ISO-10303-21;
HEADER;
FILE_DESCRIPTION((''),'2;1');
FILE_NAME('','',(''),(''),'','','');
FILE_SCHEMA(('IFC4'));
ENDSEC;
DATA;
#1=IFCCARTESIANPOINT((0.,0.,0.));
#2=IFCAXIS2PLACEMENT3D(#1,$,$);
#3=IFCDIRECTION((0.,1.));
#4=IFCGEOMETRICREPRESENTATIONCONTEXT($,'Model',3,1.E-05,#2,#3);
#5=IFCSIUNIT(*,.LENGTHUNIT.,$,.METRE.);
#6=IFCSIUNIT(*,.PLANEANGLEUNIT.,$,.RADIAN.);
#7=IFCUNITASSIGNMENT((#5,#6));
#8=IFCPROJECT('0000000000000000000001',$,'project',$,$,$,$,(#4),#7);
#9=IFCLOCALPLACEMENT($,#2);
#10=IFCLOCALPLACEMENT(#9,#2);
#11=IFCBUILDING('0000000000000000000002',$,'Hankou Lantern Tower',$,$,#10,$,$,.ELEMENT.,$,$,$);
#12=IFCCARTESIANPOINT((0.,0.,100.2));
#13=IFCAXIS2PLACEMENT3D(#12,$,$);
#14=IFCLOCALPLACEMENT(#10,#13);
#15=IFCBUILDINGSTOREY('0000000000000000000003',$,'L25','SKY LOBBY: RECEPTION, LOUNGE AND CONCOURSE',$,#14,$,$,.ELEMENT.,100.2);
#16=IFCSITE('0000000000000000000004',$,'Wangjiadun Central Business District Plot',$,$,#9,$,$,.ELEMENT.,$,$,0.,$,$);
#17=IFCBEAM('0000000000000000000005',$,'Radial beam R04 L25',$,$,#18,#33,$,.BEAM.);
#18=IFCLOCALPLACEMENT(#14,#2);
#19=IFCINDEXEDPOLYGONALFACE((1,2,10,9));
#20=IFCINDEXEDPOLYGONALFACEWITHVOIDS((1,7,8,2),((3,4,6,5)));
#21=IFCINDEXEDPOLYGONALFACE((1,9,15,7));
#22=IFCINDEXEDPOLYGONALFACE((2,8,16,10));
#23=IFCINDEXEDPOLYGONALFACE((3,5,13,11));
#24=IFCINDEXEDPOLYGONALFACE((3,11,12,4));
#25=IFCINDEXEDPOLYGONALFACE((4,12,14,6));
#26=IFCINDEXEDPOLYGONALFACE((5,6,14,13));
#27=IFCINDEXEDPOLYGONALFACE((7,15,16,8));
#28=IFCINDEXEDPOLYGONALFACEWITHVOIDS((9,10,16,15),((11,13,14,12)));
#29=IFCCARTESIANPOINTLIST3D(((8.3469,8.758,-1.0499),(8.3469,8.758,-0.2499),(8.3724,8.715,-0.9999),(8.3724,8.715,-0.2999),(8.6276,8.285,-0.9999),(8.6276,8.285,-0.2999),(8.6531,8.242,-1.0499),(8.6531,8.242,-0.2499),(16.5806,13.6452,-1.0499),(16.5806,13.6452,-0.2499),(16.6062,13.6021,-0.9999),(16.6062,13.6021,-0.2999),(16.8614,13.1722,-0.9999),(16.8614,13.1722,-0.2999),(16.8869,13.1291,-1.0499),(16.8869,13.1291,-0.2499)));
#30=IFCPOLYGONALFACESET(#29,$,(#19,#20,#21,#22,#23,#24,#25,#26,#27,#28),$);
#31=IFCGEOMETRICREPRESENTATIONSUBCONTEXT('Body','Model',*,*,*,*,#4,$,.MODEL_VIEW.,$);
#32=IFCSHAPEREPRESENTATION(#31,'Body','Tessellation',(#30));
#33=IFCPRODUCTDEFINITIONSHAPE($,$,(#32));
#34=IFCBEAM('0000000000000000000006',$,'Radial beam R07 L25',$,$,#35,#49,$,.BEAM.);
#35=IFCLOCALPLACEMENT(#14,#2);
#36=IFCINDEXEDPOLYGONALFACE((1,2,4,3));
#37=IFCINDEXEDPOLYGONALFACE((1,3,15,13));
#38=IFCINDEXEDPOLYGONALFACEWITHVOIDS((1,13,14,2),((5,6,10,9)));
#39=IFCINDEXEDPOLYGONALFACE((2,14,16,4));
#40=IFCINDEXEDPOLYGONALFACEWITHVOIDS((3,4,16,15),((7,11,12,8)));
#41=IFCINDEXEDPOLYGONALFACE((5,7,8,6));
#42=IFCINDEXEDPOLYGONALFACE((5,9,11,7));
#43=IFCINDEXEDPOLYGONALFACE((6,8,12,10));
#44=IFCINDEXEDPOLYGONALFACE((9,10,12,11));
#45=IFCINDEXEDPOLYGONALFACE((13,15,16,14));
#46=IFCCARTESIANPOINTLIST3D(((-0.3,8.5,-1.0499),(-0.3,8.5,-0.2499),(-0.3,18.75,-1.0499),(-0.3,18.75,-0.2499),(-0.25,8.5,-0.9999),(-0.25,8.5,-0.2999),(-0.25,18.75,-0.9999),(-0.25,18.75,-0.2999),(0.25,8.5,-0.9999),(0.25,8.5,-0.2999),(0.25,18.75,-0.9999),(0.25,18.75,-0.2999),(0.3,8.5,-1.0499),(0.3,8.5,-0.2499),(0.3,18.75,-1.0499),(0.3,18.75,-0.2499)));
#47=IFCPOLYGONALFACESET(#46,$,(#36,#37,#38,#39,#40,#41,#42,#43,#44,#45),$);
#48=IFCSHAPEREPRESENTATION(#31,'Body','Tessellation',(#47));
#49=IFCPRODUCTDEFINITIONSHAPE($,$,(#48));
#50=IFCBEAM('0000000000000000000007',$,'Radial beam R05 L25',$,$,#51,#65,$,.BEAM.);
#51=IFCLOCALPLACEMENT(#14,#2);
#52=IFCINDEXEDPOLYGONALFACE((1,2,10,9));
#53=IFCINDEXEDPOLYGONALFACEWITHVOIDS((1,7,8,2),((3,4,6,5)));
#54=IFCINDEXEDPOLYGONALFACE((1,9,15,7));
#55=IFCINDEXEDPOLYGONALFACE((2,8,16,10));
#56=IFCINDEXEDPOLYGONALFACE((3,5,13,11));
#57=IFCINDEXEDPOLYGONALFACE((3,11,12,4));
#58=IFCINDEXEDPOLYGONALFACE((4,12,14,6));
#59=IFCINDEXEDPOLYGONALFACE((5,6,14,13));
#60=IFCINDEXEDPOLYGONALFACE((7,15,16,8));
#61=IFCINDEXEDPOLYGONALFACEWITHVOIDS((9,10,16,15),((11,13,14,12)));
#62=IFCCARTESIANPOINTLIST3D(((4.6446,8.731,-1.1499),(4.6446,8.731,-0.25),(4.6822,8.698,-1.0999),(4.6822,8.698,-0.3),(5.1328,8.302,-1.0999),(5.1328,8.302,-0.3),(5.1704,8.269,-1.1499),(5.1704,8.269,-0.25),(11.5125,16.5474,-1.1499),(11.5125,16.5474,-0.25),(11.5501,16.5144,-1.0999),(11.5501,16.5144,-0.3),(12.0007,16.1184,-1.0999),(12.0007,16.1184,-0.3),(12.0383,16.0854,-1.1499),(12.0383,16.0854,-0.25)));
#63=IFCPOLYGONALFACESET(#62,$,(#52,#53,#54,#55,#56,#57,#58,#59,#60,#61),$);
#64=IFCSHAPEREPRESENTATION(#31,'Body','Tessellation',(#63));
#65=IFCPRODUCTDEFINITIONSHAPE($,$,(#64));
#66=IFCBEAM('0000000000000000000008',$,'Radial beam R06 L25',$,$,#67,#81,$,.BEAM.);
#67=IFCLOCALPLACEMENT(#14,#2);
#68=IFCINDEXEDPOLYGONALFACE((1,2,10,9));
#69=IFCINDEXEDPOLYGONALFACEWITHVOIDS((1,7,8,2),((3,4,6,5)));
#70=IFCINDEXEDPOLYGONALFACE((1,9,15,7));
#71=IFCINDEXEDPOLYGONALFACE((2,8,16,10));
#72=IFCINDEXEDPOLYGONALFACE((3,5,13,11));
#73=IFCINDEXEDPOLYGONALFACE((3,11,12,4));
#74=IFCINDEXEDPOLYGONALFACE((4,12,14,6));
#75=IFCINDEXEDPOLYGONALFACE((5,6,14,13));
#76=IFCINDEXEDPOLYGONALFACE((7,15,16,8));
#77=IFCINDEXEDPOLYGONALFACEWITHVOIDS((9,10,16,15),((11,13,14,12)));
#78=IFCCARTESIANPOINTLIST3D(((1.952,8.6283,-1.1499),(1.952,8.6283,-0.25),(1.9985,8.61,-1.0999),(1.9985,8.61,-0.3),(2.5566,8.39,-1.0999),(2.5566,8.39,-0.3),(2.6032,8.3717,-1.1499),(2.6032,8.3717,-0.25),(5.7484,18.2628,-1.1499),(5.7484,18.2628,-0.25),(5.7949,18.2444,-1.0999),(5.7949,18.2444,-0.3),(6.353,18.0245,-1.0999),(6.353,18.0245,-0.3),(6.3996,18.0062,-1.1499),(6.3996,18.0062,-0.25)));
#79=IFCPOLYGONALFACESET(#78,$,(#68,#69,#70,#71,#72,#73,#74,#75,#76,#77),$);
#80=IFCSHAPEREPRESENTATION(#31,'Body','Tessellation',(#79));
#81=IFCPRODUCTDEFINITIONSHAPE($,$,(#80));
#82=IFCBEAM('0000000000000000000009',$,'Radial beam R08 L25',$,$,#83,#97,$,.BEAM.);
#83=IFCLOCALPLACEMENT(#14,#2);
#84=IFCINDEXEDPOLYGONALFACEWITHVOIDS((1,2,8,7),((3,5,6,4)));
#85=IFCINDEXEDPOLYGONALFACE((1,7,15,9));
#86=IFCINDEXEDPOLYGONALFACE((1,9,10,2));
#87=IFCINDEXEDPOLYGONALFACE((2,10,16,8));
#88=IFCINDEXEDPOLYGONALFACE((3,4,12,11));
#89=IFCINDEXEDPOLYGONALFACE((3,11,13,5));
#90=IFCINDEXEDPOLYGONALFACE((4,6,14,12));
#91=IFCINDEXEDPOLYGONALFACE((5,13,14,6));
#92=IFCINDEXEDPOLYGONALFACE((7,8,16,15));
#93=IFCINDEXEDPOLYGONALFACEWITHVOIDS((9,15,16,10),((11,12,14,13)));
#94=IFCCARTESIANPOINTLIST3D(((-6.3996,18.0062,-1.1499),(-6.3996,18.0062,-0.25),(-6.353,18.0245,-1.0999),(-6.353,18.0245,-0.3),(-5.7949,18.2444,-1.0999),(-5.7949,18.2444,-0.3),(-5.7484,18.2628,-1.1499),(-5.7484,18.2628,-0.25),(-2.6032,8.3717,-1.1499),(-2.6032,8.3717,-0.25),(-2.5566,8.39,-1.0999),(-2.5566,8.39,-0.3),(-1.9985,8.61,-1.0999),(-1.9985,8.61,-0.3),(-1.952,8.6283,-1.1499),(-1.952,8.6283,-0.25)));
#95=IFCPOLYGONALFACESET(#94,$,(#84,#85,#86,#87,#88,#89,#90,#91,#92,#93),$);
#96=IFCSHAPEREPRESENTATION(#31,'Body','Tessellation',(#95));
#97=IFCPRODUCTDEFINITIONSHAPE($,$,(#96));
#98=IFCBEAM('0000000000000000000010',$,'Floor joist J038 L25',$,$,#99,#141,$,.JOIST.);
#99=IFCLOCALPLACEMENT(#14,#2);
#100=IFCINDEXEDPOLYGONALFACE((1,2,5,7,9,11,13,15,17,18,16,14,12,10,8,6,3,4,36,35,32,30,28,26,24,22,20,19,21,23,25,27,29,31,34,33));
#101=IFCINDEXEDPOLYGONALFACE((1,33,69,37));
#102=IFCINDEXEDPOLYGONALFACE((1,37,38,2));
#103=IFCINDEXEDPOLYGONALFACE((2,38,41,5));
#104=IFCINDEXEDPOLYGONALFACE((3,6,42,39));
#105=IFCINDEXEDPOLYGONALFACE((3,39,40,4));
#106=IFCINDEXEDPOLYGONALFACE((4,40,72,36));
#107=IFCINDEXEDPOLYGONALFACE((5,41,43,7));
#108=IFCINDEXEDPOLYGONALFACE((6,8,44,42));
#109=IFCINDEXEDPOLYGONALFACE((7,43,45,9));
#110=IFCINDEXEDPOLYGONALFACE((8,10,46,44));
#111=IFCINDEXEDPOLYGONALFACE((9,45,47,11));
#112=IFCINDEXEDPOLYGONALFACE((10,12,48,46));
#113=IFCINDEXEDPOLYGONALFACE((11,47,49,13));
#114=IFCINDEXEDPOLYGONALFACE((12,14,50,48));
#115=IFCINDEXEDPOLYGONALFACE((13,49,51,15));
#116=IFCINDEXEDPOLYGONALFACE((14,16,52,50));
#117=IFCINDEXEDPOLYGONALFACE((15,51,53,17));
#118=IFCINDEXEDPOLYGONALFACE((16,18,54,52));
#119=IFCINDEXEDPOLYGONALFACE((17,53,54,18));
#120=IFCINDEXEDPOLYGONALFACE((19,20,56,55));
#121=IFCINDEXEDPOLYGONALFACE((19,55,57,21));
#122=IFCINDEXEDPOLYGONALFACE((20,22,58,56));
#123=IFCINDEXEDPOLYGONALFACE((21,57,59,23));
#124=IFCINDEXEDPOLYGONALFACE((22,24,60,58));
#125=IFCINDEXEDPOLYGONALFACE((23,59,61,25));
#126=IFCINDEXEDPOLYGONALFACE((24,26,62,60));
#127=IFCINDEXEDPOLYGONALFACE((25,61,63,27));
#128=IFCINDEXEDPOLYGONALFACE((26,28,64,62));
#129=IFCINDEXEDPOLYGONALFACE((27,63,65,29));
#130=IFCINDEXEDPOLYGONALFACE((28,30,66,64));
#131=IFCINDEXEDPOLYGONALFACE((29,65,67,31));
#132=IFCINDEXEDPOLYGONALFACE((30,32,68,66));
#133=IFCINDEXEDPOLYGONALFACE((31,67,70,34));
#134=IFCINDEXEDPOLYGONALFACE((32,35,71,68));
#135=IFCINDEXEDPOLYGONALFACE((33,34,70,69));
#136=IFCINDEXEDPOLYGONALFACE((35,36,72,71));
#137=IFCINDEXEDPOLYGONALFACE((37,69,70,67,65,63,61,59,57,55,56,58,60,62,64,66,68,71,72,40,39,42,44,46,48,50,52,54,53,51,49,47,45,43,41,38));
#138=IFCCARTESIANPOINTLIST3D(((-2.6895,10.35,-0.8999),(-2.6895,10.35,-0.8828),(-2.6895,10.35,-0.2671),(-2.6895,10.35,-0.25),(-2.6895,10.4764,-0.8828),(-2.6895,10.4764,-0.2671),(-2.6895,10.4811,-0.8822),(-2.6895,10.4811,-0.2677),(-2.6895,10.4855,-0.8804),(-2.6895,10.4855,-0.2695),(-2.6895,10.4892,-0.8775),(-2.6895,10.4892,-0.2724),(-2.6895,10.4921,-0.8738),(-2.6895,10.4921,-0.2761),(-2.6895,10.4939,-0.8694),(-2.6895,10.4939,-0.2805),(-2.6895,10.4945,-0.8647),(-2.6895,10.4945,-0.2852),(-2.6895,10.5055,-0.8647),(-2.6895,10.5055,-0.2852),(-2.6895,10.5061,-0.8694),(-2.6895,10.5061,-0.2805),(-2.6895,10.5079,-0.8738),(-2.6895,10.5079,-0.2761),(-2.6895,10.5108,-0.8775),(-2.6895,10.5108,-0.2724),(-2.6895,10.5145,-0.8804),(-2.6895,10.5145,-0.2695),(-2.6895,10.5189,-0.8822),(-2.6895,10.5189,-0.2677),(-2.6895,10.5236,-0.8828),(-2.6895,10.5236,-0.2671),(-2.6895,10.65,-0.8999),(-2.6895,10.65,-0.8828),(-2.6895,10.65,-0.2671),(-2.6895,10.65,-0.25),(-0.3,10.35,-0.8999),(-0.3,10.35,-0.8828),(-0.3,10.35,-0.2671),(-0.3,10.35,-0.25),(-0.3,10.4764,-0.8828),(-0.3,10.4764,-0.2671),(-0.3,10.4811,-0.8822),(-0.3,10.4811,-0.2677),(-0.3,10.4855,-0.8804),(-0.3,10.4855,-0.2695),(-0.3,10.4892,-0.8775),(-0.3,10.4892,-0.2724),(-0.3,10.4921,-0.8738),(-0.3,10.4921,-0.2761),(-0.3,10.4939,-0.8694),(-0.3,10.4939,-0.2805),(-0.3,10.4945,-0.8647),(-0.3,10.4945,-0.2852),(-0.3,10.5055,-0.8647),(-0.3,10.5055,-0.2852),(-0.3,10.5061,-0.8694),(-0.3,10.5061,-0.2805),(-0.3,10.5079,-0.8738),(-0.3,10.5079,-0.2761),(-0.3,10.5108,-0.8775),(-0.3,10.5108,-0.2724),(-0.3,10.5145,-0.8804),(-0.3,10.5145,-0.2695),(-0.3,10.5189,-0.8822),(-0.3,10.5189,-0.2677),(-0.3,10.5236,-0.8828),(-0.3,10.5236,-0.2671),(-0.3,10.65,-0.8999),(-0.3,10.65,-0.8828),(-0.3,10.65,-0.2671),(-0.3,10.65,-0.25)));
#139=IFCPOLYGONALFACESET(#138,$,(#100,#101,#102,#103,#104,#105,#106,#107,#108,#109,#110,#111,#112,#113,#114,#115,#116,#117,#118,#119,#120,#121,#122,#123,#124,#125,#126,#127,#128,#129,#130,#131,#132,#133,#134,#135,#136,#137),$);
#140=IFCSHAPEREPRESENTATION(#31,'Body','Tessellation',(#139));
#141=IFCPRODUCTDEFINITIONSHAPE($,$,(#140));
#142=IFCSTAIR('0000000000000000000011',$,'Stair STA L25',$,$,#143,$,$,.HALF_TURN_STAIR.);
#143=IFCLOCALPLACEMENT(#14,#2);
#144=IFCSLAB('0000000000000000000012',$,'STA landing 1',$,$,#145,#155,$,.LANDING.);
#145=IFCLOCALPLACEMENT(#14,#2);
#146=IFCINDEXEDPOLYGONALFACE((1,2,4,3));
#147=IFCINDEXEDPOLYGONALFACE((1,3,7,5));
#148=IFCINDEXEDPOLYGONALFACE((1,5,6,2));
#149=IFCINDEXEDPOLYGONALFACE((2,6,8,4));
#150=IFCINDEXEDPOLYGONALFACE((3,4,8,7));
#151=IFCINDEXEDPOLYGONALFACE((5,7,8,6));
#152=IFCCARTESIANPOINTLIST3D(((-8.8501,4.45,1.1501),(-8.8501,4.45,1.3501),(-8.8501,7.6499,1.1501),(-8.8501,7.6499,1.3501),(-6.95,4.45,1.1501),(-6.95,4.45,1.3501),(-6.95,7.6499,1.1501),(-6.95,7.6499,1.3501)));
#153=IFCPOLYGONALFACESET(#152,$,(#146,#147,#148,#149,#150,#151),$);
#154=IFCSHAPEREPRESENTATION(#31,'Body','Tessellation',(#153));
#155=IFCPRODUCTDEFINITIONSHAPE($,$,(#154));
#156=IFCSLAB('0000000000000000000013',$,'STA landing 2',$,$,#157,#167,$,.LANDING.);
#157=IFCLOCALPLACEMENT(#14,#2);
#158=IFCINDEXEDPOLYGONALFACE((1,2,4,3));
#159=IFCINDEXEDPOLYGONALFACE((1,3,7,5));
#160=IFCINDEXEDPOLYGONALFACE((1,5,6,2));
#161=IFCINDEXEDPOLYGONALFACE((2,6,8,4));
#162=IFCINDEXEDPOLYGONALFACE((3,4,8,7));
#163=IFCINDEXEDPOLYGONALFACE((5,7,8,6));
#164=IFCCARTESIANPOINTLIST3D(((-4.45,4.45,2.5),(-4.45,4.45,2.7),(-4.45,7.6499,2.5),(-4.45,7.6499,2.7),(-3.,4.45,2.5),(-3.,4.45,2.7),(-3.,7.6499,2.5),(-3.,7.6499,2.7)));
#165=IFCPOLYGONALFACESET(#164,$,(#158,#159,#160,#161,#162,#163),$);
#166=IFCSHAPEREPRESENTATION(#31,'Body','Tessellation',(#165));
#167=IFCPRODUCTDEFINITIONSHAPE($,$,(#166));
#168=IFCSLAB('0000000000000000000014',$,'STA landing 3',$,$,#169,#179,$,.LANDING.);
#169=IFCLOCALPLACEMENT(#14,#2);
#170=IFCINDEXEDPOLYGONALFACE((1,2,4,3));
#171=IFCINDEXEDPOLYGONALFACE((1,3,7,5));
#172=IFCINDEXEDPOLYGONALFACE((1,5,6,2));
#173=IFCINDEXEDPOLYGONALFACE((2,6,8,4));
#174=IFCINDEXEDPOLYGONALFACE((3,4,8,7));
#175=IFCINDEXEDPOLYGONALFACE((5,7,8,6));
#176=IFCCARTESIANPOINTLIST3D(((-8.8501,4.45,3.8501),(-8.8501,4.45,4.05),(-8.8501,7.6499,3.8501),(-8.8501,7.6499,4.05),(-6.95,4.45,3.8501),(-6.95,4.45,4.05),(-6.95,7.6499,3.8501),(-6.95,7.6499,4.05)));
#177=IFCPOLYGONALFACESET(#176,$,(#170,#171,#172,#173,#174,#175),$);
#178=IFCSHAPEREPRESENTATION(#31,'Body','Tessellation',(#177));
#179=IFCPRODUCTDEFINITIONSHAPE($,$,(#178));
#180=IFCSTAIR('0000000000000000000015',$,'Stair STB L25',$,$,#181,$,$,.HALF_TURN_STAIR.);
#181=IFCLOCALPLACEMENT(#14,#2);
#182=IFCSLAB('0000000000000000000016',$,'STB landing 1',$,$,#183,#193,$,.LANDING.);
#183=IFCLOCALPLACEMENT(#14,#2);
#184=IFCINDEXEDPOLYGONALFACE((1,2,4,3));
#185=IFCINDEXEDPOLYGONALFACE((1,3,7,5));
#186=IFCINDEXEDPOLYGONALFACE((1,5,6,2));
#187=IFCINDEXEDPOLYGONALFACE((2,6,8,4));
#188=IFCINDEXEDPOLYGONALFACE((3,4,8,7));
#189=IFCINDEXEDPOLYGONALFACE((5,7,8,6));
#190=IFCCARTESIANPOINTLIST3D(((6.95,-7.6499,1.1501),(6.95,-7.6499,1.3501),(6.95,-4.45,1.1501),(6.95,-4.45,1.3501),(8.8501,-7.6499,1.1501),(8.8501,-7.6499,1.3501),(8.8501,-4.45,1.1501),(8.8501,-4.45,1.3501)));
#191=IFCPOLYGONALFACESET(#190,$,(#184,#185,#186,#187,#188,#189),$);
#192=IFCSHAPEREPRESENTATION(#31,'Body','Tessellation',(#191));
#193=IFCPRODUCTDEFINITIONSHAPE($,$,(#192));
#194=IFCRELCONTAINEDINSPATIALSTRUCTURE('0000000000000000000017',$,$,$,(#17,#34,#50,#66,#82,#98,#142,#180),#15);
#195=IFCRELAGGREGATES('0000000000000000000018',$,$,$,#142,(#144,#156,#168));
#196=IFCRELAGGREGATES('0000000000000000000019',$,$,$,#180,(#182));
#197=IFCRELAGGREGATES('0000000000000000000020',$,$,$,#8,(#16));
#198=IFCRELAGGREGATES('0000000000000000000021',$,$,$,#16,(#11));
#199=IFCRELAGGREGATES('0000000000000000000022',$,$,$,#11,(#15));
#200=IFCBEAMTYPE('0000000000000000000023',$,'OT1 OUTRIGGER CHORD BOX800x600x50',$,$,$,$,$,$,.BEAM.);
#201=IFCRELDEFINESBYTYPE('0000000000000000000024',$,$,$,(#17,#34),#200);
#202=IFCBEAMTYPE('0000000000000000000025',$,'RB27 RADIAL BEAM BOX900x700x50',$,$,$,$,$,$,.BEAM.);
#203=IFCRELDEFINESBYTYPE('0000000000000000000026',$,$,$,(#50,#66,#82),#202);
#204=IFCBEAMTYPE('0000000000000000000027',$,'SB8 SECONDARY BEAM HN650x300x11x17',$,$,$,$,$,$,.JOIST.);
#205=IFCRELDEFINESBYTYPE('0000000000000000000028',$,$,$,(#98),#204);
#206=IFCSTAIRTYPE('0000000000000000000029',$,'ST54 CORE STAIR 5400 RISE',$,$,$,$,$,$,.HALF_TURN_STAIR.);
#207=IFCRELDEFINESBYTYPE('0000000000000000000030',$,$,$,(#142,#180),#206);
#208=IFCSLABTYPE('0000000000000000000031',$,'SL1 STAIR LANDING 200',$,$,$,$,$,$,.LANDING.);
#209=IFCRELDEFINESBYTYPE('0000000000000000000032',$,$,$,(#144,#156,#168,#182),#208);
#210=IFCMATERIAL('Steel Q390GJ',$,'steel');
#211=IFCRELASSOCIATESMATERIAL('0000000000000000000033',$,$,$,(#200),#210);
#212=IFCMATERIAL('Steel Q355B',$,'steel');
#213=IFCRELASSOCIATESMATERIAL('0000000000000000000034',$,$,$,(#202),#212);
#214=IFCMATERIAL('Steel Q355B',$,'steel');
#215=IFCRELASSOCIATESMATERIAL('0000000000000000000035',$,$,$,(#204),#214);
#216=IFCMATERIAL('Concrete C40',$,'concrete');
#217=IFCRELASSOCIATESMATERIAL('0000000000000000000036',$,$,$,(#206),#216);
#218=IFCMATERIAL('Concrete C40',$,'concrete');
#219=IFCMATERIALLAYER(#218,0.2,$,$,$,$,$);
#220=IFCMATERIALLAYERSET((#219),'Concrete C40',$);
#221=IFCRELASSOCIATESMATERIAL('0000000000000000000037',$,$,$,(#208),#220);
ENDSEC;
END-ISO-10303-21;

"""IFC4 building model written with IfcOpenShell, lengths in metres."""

from ifc_helpers import new_model, si_unit, direction, frame, origin, origin_2d, place, context, subcontext, project, spatial, polyline, hollow_rectangle, i_section, outline, extrude, material, layer, layer_set, material_profile, profile_set, type_object, element, aggregate, save


model = new_model("IFC4")

# Units and contexts
model_context = context("Model", 3, precision=1e-05, world=origin(), true_north=direction((0.0, 1.0)))
body_context = subcontext(model_context, "Body", "Model", "MODEL_VIEW")
ifc_project = project(units=[si_unit("LENGTHUNIT", "METRE"), si_unit("PLANEANGLEUNIT", "RADIAN")], contexts=[model_context])

# Site, building, storey
site_placement = place(None, origin())
site = spatial("IfcSite", under=ifc_project, at=site_placement, Name="Wangjiadun Central Business District Plot", CompositionType="ELEMENT", RefElevation=0.0)
building_placement = place(site_placement, origin())
building = spatial("IfcBuilding", under=site, at=building_placement, Name="Hankou Lantern Tower", CompositionType="ELEMENT")
storey_placement = place(building_placement, frame((0.0, 0.0, 100.2)))
storey = spatial("IfcBuildingStorey", under=building, at=storey_placement, Name="L25", Description="SKY LOBBY: RECEPTION, LOUNGE AND CONCOURSE", CompositionType="ELEMENT", Elevation=100.2)

# Beams
ifc_material_1 = material(Name="Steel Q390GJ", Category="steel")
ifc_material_profile_1 = material_profile(ifc_material_1, hollow_rectangle(XDim=0.6001, YDim=0.8, WallThickness=0.05, at=origin_2d()), Name="BOX800x600x50")
ifc_profile_set_1 = profile_set([ifc_material_profile_1], Name="Steel Q390GJ")
beam_type_1 = type_object("IfcBeamType", Name="OT1 OUTRIGGER CHORD BOX800x600x50", PredefinedType="BEAM", material=ifc_profile_set_1)
beam_1_placement = place(storey_placement, frame((8.5, 8.5, -0.6499), z_axis=(0.859931, 0.51041, 0.0), x_axis=(-0.51041, 0.859931, 0.0)))
element("IfcBeam", 1, at=beam_1_placement, inside=storey, type_object=beam_type_1, Name="Radial beam R04 L25", PredefinedType="BEAM", context=body_context, shape_type="SweptSolid", body=[
    extrude(hollow_rectangle(XDim=0.6001, YDim=0.8, WallThickness=0.05, at=origin_2d()), origin(), (0.0, 0.0, 1.0), 9.575),
])
beam_2_placement = place(storey_placement, frame((0.0, 8.5, -0.6499), z_axis=(0.0, 1.0, 0.0), x_axis=(-1.0, 0.0, 0.0)))
element("IfcBeam", 2, at=beam_2_placement, inside=storey, type_object=beam_type_1, Name="Radial beam R07 L25", PredefinedType="BEAM", context=body_context, shape_type="SweptSolid", body=[
    extrude(hollow_rectangle(XDim=0.6001, YDim=0.8, WallThickness=0.05, at=origin_2d()), origin(), (0.0, 0.0, 1.0), 10.25),
])
ifc_material_2 = material(Name="Steel Q355B", Category="steel")
ifc_material_profile_2 = material_profile(ifc_material_2, hollow_rectangle(XDim=0.7, YDim=0.8999, WallThickness=0.05, at=origin_2d()), Name="BOX900x700x50")
ifc_profile_set_2 = profile_set([ifc_material_profile_2], Name="Steel Q355B")
beam_type_2 = type_object("IfcBeamType", Name="RB27 RADIAL BEAM BOX900x700x50", PredefinedType="BEAM", material=ifc_profile_set_2)
beam_3_placement = place(storey_placement, frame((4.9075, 8.5, -0.7), z_axis=(0.660058, 0.751215, 0.0), x_axis=(-0.751215, 0.660058, 0.0)))
element("IfcBeam", 3, at=beam_3_placement, inside=storey, type_object=beam_type_2, Name="Radial beam R05 L25", PredefinedType="BEAM", context=body_context, shape_type="SweptSolid", body=[
    extrude(hollow_rectangle(XDim=0.7, YDim=0.8999, WallThickness=0.05, at=origin_2d()), origin(), (0.0, 0.0, 1.0), 10.405),
])
for number, where, z_axis, x_axis, name in (
    (4, (2.2776, 8.5, -0.7), (0.366606, 0.930376, 0.0), (-0.930376, 0.366606, 0.0), "Radial beam R06 L25"),
    (5, (-2.2776, 8.5, -0.7), (-0.366606, 0.930376, 0.0), (-0.930376, -0.366606, 0.0), "Radial beam R08 L25"),
):
    element("IfcBeam", number, at=place(storey_placement, frame(where, z_axis=z_axis, x_axis=x_axis)), inside=storey, type_object=beam_type_2, Name=name, PredefinedType="BEAM", context=body_context, shape_type="SweptSolid", body=[
        extrude(hollow_rectangle(XDim=0.7, YDim=0.8999, WallThickness=0.05, at=origin_2d()), origin(), (0.0, 0.0, 1.0), 10.3555),
    ])
ifc_material_3 = material(Name="Steel Q355B", Category="steel")
ifc_material_profile_3 = material_profile(ifc_material_3, i_section(OverallWidth=0.3, OverallDepth=0.6499, WebThickness=0.011, FlangeThickness=0.0171, FilletRadius=0.0181, at=origin_2d()), Name="HN650x300x11x17")
ifc_profile_set_3 = profile_set([ifc_material_profile_3], Name="Steel Q355B")
beam_type_3 = type_object("IfcBeamType", Name="SB8 SECONDARY BEAM HN650x300x11x17", PredefinedType="JOIST", material=ifc_profile_set_3)
beam_4_placement = place(storey_placement, frame((-2.6895, 10.5, -0.575), z_axis=(1.0, 0.0, 0.0), x_axis=(0.0, 1.0, 0.0)))
element("IfcBeam", 6, at=beam_4_placement, inside=storey, type_object=beam_type_3, Name="Floor joist J038 L25", PredefinedType="JOIST", context=body_context, shape_type="SweptSolid", body=[
    extrude(i_section(OverallWidth=0.3, OverallDepth=0.6499, WebThickness=0.011, FlangeThickness=0.0171, FilletRadius=0.0181, at=origin_2d()), origin(), (0.0, 0.0, 1.0), 2.3894),
])

# Stairs, slabs
ifc_material_4 = material(Name="Concrete C40", Category="concrete")
stair_type = type_object("IfcStairType", Name="ST54 CORE STAIR 5400 RISE", PredefinedType="HALF_TURN_STAIR", material=ifc_material_4)
stair_1_placement = place(storey_placement, origin())
stair_1 = element("IfcStair", 7, at=stair_1_placement, inside=storey, type_object=stair_type, Name="Stair STA L25", PredefinedType="HALF_TURN_STAIR")
ifc_material_5 = material(Name="Concrete C40", Category="concrete")
ifc_layer_1 = layer(ifc_material_5, 0.2)
ifc_layer_set_1 = layer_set([ifc_layer_1], Name="Concrete C40")
slab_type = type_object("IfcSlabType", Name="SL1 STAIR LANDING 200", PredefinedType="LANDING", material=ifc_layer_set_1)
slab_1_placement = place(storey_placement, frame((0.0, 0.0, 1.1501)))
slab_1 = element("IfcSlab", 8, at=slab_1_placement, type_object=slab_type, Name="STA landing 1", PredefinedType="LANDING", context=body_context, shape_type="SweptSolid", body=[
    extrude(outline(polyline([(-8.8501, 4.45), (-6.95, 4.45), (-6.95, 7.6499), (-8.8501, 7.6499), (-8.8501, 4.45)])), origin(), (0.0, 0.0, 1.0), 0.2),
])
slab_2_placement = place(storey_placement, frame((0.0, 0.0, 2.5)))
slab_2 = element("IfcSlab", 9, at=slab_2_placement, type_object=slab_type, Name="STA landing 2", PredefinedType="LANDING", context=body_context, shape_type="SweptSolid", body=[
    extrude(outline(polyline([(-4.45, 4.45), (-3.0, 4.45), (-3.0, 7.6499), (-4.45, 7.6499), (-4.45, 4.45)])), origin(), (0.0, 0.0, 1.0), 0.2),
])
slab_3_placement = place(storey_placement, frame((0.0, 0.0, 3.8501)))
slab_3 = element("IfcSlab", 10, at=slab_3_placement, type_object=slab_type, Name="STA landing 3", PredefinedType="LANDING", context=body_context, shape_type="SweptSolid", body=[
    extrude(outline(polyline([(-8.8501, 4.45), (-6.95, 4.45), (-6.95, 7.6499), (-8.8501, 7.6499), (-8.8501, 4.45)])), origin(), (0.0, 0.0, 1.0), 0.2),
])
aggregate(stair_1, [slab_1, slab_2, slab_3])
stair_2_placement = place(storey_placement, origin())
stair_2 = element("IfcStair", 11, at=stair_2_placement, inside=storey, type_object=stair_type, Name="Stair STB L25", PredefinedType="HALF_TURN_STAIR")
slab_4_placement = place(storey_placement, frame((0.0, 0.0, 1.1501)))
slab_4 = element("IfcSlab", 12, at=slab_4_placement, type_object=slab_type, Name="STB landing 1", PredefinedType="LANDING", context=body_context, shape_type="SweptSolid", body=[
    extrude(outline(polyline([(8.8501, -4.45), (6.95, -4.45), (6.95, -7.6499), (8.8501, -7.6499), (8.8501, -4.45)])), origin(), (0.0, 0.0, 1.0), 0.2),
])
aggregate(stair_2, [slab_4])

save(model, "model.ifc")
